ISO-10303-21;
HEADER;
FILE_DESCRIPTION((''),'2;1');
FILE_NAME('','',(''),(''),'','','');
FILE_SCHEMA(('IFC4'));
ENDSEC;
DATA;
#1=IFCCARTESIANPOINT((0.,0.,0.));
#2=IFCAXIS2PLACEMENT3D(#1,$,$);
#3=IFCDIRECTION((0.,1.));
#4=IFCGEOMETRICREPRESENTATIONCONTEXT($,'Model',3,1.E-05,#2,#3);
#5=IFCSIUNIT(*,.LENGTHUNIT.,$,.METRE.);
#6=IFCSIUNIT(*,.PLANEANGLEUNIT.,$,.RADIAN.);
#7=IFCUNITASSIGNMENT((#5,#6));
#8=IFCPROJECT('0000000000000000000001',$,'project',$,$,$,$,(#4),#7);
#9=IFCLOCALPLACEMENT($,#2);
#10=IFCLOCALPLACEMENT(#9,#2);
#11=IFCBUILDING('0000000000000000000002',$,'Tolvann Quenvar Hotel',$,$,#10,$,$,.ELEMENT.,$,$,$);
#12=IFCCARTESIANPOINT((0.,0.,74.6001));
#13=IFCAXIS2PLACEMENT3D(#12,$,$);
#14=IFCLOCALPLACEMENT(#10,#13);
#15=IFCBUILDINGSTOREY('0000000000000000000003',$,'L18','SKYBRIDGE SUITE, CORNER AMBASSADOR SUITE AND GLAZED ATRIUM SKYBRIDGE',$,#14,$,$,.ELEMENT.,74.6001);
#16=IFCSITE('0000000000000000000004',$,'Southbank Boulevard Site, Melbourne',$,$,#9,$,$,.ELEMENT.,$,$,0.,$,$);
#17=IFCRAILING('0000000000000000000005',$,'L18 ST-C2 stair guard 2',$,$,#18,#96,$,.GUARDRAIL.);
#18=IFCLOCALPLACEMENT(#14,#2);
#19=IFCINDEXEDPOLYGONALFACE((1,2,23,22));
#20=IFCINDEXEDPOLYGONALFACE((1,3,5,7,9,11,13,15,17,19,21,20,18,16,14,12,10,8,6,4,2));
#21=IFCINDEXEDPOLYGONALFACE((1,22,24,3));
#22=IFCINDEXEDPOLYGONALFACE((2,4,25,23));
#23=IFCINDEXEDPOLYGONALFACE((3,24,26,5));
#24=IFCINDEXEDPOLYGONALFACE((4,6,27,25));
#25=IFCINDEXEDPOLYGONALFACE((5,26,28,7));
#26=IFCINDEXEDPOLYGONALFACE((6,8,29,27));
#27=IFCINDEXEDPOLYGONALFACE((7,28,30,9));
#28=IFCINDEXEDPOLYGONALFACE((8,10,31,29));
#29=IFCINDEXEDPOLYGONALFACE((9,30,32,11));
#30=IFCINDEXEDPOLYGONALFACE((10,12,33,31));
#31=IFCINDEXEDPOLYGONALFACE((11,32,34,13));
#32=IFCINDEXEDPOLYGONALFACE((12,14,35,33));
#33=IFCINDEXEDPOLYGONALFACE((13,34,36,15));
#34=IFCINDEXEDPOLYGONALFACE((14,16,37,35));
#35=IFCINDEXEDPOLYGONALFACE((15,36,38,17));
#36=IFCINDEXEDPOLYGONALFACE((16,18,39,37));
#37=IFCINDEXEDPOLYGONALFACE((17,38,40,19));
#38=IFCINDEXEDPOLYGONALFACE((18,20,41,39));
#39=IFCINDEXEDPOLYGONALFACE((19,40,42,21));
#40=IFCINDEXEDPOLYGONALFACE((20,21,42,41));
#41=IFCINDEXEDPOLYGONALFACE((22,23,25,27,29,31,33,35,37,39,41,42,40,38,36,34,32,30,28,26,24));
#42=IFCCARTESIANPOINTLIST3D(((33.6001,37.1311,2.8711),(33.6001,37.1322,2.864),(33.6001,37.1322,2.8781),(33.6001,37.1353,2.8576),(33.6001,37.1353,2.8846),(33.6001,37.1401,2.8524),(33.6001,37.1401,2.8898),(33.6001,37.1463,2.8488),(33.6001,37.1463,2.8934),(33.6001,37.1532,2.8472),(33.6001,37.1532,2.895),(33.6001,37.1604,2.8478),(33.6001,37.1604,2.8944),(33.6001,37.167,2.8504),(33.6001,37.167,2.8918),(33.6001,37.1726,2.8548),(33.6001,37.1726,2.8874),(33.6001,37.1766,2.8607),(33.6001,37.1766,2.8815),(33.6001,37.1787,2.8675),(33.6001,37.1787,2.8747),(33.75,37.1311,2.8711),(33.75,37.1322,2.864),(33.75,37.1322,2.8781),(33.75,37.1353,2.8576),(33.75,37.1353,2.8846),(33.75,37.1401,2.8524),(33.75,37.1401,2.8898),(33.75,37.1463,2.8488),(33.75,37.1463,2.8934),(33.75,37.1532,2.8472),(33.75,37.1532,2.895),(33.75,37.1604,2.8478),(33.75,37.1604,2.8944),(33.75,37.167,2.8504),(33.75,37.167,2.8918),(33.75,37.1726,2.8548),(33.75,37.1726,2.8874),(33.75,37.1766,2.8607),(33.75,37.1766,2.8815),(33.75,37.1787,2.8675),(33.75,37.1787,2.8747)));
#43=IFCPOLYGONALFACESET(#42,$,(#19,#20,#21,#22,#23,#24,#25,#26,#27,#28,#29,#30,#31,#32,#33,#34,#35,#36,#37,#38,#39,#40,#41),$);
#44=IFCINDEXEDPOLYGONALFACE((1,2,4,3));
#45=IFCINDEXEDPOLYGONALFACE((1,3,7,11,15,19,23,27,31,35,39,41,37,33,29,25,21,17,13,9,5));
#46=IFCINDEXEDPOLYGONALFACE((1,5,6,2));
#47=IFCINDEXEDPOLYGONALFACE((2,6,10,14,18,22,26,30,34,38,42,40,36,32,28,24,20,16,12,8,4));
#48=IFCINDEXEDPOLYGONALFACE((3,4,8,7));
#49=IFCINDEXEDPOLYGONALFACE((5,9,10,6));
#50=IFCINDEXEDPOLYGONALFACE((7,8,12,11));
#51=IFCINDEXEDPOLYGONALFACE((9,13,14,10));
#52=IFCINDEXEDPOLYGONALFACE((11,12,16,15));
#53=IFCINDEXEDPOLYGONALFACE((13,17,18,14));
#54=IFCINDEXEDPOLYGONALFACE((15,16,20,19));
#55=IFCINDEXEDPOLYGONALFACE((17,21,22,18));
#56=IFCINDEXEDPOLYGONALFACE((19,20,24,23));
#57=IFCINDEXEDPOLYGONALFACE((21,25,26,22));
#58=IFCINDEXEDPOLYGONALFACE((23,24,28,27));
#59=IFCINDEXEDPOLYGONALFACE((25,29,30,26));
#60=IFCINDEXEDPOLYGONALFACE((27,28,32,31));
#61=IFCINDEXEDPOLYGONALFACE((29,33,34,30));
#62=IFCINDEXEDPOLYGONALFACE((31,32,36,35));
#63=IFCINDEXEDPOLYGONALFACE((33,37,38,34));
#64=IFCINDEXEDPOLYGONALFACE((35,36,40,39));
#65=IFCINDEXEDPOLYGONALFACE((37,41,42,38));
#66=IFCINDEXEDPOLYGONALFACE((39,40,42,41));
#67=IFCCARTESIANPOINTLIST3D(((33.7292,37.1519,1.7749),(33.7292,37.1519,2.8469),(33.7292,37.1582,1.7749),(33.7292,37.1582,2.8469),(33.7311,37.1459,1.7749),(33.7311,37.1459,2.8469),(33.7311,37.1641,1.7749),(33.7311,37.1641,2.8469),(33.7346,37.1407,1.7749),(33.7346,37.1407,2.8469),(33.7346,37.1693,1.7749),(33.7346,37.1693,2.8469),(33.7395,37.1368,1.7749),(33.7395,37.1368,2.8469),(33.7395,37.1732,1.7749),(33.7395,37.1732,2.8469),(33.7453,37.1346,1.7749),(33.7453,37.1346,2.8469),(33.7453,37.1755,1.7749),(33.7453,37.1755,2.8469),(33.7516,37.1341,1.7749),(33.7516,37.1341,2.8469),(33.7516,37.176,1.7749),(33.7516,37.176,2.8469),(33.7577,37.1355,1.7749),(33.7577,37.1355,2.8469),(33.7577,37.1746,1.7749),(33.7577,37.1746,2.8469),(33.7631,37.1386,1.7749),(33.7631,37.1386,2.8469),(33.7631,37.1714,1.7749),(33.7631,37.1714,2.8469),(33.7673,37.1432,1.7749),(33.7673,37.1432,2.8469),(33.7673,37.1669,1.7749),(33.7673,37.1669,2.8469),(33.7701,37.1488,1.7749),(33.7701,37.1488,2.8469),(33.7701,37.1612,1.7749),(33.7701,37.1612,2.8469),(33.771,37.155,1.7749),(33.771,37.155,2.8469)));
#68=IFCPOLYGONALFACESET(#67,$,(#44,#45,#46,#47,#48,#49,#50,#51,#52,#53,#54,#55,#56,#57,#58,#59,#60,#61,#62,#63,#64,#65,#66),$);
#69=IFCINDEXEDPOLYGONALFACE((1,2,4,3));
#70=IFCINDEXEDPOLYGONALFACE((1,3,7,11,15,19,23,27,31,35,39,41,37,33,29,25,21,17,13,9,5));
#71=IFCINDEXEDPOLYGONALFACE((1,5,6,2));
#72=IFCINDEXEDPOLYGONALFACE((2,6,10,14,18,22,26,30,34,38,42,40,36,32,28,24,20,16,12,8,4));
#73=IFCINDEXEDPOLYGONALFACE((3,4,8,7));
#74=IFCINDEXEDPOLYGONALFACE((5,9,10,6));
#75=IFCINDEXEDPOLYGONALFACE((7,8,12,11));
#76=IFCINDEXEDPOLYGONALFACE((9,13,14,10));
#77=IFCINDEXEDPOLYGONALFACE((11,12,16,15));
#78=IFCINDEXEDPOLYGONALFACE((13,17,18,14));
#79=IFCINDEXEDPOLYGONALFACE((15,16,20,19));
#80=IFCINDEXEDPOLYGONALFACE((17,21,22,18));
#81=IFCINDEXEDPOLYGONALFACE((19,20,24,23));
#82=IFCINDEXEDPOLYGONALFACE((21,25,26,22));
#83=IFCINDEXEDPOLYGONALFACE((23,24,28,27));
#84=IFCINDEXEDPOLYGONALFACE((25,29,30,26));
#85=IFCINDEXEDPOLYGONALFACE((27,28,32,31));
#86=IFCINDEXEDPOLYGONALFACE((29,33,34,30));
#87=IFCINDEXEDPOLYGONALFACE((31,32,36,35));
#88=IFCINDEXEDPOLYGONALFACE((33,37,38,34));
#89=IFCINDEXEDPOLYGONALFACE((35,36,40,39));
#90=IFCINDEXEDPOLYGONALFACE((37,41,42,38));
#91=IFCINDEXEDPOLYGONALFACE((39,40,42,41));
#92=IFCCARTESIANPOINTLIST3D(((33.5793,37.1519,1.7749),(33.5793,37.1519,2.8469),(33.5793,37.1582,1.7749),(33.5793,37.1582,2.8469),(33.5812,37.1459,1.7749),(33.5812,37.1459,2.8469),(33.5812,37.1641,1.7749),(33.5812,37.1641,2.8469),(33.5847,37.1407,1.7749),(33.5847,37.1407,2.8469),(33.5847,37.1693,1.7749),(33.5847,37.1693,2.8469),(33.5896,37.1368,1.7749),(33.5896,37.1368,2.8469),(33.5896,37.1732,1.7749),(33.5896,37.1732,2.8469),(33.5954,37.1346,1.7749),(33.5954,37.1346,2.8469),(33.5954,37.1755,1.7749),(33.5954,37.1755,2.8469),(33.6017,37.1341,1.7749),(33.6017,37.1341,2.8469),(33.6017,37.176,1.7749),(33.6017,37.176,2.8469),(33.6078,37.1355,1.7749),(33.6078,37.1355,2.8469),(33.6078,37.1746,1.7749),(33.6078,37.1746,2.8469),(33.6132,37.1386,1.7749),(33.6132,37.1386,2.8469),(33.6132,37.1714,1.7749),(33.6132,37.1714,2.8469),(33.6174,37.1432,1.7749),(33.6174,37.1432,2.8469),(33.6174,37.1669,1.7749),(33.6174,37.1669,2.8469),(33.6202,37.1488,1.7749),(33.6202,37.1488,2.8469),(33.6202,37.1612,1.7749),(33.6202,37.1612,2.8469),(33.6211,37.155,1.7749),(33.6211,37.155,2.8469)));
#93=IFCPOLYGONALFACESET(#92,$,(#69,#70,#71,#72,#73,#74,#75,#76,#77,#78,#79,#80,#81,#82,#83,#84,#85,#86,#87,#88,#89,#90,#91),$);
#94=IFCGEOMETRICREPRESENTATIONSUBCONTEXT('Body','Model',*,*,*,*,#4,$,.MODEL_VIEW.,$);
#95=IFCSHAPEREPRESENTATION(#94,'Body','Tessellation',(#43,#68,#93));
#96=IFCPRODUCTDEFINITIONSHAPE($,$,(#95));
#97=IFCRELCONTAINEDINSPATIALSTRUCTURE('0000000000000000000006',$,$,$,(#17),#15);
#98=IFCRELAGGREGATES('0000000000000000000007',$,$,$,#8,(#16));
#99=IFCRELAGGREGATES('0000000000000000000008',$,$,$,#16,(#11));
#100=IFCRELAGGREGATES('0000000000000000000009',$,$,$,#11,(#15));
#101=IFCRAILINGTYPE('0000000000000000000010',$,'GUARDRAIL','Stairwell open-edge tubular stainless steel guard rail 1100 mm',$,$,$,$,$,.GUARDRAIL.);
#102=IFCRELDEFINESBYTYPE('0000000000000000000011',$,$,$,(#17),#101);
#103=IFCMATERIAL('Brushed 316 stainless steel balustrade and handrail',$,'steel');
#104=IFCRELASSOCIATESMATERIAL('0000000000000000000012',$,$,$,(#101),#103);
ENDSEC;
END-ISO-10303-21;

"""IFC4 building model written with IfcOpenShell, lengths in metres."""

from ifc_helpers import new_model, si_unit, direction, frame, origin, origin_2d, place, context, subcontext, project, spatial, circle, extrude, material, type_object, element, save


model = new_model("IFC4")

# Units and contexts
model_context = context("Model", 3, precision=1e-05, world=origin(), true_north=direction((0.0, 1.0)))
body_context = subcontext(model_context, "Body", "Model", "MODEL_VIEW")
ifc_project = project(units=[si_unit("LENGTHUNIT", "METRE"), si_unit("PLANEANGLEUNIT", "RADIAN")], contexts=[model_context])

# Site, building, storey
site_placement = place(None, origin())
site = spatial("IfcSite", under=ifc_project, at=site_placement, Name="Southbank Boulevard Site, Melbourne", CompositionType="ELEMENT", RefElevation=0.0)
building_placement = place(site_placement, origin())
building = spatial("IfcBuilding", under=site, at=building_placement, Name="Tolvann Quenvar Hotel", CompositionType="ELEMENT")
storey_placement = place(building_placement, frame((0.0, 0.0, 74.6001)))
storey = spatial("IfcBuildingStorey", under=building, at=storey_placement, Name="L18", Description="SKYBRIDGE SUITE, CORNER AMBASSADOR SUITE AND GLAZED ATRIUM SKYBRIDGE", CompositionType="ELEMENT", Elevation=74.6001)

# Railing
ifc_material_1 = material(Name="Brushed 316 stainless steel balustrade and handrail", Category="steel")
railing_type_1 = type_object("IfcRailingType", Name="GUARDRAIL", Description="Stairwell open-edge tubular stainless steel guard rail 1100 mm", PredefinedType="GUARDRAIL", material=ifc_material_1)
railing_1_placement = place(storey_placement, frame((33.75, 37.155, 1.7749)))
element("IfcRailing", 1, at=railing_1_placement, inside=storey, type_object=railing_type_1, Name="L18 ST-C2 stair guard 2", PredefinedType="GUARDRAIL", context=body_context, shape_type="SweptSolid", body=[
    extrude(circle(Radius=0.0239, at=origin_2d()), frame((0.0, 0.0, 1.0962), z_axis=(-1.0, 0.0, 0.0), x_axis=(0.0, -1.0, 0.0)), (0.0, 0.0, 1.0), 0.1499),
    extrude(circle(Radius=0.021, at=origin_2d()), origin(), (0.0, 0.0, 1.0), 1.072),
    extrude(circle(Radius=0.021, at=origin_2d()), frame((-0.1499, 0.0, 0.0)), (0.0, 0.0, 1.0), 1.072),
])

save(model, "model.ifc")
